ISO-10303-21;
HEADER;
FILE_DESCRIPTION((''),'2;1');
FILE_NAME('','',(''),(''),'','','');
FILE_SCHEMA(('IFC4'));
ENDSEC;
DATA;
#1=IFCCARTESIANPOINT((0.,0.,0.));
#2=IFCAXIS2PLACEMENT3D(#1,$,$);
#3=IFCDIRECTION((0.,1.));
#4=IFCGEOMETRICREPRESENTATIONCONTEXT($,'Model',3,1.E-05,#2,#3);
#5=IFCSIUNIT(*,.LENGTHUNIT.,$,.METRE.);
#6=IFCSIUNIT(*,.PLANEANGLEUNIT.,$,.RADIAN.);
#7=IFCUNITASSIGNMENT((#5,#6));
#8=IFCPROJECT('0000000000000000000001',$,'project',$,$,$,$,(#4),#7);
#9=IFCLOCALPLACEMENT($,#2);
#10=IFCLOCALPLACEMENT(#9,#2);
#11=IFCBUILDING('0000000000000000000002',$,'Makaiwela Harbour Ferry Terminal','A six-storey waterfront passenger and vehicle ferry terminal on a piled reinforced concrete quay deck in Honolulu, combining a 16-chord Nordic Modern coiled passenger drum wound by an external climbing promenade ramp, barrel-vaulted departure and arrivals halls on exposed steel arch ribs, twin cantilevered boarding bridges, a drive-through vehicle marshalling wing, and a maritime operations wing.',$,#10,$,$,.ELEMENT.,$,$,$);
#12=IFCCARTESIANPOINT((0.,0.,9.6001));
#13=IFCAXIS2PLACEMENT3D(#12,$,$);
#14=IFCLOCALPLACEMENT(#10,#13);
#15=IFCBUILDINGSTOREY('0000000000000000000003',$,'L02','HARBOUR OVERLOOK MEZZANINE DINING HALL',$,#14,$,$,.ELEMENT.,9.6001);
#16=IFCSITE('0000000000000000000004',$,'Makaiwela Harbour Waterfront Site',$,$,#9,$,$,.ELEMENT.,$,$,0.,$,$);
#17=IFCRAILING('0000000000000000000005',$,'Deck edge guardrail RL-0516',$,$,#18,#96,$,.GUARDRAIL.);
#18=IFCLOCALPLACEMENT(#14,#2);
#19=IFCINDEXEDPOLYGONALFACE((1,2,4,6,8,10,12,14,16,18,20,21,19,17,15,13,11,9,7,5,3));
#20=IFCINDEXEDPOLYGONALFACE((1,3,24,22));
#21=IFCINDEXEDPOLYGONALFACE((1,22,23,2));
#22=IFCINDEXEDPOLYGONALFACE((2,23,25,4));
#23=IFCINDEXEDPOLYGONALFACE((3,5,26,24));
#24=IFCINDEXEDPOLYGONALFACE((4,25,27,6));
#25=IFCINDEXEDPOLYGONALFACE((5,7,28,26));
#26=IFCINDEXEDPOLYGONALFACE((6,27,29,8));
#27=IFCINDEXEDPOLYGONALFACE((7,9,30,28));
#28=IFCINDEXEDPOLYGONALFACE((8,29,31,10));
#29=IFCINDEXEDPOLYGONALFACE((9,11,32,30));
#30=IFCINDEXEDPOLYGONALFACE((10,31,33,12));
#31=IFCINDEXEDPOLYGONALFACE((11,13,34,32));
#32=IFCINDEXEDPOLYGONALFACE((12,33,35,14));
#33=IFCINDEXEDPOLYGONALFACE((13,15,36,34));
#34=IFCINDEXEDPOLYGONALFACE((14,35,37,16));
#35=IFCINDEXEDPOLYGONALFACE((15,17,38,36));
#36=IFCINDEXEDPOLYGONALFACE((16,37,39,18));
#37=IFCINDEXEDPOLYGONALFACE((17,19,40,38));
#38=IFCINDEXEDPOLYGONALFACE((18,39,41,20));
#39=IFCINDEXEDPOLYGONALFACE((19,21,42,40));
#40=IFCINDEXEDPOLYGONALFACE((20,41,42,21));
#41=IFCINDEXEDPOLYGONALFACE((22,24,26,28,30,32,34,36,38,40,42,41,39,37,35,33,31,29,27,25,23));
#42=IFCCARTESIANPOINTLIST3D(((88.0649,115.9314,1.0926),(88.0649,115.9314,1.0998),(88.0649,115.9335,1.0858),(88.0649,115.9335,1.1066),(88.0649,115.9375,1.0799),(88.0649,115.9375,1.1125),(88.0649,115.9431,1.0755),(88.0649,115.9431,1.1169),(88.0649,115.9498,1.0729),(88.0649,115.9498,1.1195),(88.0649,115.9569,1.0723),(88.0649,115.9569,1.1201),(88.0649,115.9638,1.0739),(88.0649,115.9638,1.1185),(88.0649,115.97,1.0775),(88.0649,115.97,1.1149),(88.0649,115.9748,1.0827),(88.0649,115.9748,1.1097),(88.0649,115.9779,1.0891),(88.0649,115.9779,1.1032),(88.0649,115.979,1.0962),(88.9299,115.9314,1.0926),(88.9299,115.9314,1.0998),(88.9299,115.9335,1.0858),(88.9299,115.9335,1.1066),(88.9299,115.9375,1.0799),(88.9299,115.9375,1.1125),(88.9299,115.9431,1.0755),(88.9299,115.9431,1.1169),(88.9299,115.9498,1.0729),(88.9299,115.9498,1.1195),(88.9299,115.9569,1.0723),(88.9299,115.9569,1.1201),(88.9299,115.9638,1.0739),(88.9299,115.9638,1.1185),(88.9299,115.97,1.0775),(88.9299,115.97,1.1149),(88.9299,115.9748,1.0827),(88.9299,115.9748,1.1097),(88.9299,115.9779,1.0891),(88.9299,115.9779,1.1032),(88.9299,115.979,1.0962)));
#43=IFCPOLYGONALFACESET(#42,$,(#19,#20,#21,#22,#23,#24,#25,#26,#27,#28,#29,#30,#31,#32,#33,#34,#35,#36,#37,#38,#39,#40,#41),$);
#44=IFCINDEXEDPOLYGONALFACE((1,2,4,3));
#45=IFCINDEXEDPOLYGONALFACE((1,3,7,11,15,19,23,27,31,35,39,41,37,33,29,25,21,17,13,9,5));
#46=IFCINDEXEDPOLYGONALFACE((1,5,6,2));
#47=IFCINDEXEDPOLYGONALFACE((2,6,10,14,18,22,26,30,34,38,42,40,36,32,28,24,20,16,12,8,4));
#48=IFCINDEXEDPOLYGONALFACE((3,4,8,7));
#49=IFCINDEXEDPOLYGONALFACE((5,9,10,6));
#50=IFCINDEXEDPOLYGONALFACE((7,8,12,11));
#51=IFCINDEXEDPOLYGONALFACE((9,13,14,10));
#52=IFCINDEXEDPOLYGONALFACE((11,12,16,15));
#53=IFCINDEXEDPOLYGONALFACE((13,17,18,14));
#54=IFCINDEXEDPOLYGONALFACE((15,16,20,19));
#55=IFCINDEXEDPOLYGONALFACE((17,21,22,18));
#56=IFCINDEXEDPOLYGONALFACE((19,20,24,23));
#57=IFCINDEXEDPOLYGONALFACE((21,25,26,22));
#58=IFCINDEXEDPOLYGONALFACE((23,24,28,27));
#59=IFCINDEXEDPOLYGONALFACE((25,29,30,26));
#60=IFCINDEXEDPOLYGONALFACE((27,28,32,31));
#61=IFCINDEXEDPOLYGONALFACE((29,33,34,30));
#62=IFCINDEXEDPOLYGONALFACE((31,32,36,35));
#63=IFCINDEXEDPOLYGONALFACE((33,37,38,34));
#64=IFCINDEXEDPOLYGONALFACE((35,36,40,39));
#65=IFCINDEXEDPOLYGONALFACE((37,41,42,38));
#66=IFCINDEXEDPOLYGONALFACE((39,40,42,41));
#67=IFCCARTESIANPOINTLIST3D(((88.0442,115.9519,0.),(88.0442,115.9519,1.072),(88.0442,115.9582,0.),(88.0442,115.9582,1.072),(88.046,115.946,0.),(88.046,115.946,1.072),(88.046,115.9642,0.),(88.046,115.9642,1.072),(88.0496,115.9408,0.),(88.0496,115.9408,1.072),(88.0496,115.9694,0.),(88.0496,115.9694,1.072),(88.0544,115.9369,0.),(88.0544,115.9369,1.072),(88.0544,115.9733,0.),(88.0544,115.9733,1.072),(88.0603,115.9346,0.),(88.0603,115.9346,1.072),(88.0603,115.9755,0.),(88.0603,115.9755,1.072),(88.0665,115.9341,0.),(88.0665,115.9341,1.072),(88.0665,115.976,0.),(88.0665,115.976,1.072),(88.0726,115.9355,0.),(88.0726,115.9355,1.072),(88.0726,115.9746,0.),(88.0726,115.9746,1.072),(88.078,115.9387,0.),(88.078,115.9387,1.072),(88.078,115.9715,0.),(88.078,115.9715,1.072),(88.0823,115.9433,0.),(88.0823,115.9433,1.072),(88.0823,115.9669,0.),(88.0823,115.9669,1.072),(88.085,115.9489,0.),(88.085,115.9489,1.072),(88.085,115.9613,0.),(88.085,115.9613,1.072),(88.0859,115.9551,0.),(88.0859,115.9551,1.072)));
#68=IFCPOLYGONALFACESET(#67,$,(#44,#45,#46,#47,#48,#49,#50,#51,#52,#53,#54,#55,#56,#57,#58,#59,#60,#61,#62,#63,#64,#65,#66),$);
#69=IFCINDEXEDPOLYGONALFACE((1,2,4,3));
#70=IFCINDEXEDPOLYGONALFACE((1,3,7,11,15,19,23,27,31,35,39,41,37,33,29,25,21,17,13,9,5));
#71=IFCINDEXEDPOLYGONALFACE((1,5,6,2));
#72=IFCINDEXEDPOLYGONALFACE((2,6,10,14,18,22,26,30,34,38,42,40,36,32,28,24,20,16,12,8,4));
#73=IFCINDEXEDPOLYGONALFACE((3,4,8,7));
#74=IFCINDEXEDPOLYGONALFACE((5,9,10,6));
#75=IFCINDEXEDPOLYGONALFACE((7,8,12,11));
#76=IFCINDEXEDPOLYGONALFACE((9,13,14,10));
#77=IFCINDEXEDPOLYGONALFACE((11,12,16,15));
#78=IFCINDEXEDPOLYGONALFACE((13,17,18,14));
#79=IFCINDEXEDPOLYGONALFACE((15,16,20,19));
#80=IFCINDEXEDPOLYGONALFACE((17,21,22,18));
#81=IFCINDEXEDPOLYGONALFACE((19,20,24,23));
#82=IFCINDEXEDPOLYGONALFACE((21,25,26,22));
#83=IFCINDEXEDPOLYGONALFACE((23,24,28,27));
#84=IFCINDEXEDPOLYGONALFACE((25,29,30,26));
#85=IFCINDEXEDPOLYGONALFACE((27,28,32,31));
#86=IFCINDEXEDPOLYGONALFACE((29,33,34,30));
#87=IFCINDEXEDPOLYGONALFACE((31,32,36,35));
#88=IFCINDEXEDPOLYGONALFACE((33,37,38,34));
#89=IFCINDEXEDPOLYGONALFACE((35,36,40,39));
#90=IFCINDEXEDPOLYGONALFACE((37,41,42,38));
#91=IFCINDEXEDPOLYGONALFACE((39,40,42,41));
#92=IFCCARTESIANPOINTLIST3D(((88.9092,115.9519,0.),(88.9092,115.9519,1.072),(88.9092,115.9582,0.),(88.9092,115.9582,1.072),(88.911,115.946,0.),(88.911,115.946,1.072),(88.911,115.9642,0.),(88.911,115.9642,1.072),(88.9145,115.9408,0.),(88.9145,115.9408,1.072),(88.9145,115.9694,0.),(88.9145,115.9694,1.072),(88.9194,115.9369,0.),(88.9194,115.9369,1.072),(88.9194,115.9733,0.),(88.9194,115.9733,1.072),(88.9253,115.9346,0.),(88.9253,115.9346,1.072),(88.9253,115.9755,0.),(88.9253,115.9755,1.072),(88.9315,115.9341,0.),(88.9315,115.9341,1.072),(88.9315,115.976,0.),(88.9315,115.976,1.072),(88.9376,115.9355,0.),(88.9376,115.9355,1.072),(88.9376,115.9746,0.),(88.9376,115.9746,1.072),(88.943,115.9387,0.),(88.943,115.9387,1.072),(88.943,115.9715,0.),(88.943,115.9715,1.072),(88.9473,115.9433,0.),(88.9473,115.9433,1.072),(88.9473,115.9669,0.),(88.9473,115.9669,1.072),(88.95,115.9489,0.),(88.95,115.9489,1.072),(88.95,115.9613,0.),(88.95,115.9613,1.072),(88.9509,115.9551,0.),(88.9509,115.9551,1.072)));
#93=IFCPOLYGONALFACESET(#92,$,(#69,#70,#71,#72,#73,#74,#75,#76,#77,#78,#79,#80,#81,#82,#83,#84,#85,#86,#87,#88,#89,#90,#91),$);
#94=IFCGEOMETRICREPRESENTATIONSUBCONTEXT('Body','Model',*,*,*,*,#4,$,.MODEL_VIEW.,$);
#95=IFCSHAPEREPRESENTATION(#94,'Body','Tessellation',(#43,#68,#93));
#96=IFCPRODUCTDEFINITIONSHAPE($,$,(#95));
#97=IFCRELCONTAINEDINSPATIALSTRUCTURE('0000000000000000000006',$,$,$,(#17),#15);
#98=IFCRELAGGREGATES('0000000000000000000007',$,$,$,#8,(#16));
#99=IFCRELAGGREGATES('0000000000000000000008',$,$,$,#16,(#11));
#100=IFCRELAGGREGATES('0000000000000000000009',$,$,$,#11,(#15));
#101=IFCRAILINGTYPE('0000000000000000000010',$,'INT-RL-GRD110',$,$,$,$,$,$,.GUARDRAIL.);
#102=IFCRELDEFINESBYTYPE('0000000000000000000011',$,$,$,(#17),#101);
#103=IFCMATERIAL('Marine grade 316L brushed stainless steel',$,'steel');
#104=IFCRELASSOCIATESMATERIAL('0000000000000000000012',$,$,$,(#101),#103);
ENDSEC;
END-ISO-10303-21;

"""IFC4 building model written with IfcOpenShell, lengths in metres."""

from ifc_helpers import new_model, si_unit, direction, frame, origin, origin_2d, place, context, subcontext, project, spatial, circle, extrude, material, type_object, element, save


model = new_model("IFC4")

# Units and contexts
model_context = context("Model", 3, precision=1e-05, world=origin(), true_north=direction((0.0, 1.0)))
body_context = subcontext(model_context, "Body", "Model", "MODEL_VIEW")
ifc_project = project(units=[si_unit("LENGTHUNIT", "METRE"), si_unit("PLANEANGLEUNIT", "RADIAN")], contexts=[model_context])

# Site, building, storey
site_placement = place(None, origin())
site = spatial("IfcSite", under=ifc_project, at=site_placement, Name="Makaiwela Harbour Waterfront Site", CompositionType="ELEMENT", RefElevation=0.0)
building_placement = place(site_placement, origin())
building = spatial("IfcBuilding", under=site, at=building_placement, Name="Makaiwela Harbour Ferry Terminal", Description="A six-storey waterfront passenger and vehicle ferry terminal on a piled reinforced concrete quay deck in Honolulu, combining a 16-chord Nordic Modern coiled passenger drum wound by an external climbing promenade ramp, barrel-vaulted departure and arrivals halls on exposed steel arch ribs, twin cantilevered boarding bridges, a drive-through vehicle marshalling wing, and a maritime operations wing.", CompositionType="ELEMENT")
storey_placement = place(building_placement, frame((0.0, 0.0, 9.6001)))
storey = spatial("IfcBuildingStorey", under=building, at=storey_placement, Name="L02", Description="HARBOUR OVERLOOK MEZZANINE DINING HALL", CompositionType="ELEMENT", Elevation=9.6001)

# Railing
ifc_material_1 = material(Name="Marine grade 316L brushed stainless steel", Category="steel")
railing_type = type_object("IfcRailingType", Name="INT-RL-GRD110", PredefinedType="GUARDRAIL", material=ifc_material_1)
railing_1_placement = place(storey_placement, frame((88.0649, 115.9551, 0.0)))
element("IfcRailing", 1, at=railing_1_placement, inside=storey, type_object=railing_type, Name="Deck edge guardrail RL-0516", PredefinedType="GUARDRAIL", context=body_context, shape_type="SweptSolid", body=[
    extrude(circle(Radius=0.0239, at=origin_2d()), frame((0.0, 0.0, 1.0962), z_axis=(1.0, 0.0, 0.0), x_axis=(0.0, 1.0, 0.0)), (0.0, 0.0, 1.0), 0.865),
    extrude(circle(Radius=0.021, at=origin_2d()), origin(), (0.0, 0.0, 1.0), 1.072),
    extrude(circle(Radius=0.021, at=origin_2d()), frame((0.865, 0.0, 0.0)), (0.0, 0.0, 1.0), 1.072),
])

save(model, "model.ifc")
